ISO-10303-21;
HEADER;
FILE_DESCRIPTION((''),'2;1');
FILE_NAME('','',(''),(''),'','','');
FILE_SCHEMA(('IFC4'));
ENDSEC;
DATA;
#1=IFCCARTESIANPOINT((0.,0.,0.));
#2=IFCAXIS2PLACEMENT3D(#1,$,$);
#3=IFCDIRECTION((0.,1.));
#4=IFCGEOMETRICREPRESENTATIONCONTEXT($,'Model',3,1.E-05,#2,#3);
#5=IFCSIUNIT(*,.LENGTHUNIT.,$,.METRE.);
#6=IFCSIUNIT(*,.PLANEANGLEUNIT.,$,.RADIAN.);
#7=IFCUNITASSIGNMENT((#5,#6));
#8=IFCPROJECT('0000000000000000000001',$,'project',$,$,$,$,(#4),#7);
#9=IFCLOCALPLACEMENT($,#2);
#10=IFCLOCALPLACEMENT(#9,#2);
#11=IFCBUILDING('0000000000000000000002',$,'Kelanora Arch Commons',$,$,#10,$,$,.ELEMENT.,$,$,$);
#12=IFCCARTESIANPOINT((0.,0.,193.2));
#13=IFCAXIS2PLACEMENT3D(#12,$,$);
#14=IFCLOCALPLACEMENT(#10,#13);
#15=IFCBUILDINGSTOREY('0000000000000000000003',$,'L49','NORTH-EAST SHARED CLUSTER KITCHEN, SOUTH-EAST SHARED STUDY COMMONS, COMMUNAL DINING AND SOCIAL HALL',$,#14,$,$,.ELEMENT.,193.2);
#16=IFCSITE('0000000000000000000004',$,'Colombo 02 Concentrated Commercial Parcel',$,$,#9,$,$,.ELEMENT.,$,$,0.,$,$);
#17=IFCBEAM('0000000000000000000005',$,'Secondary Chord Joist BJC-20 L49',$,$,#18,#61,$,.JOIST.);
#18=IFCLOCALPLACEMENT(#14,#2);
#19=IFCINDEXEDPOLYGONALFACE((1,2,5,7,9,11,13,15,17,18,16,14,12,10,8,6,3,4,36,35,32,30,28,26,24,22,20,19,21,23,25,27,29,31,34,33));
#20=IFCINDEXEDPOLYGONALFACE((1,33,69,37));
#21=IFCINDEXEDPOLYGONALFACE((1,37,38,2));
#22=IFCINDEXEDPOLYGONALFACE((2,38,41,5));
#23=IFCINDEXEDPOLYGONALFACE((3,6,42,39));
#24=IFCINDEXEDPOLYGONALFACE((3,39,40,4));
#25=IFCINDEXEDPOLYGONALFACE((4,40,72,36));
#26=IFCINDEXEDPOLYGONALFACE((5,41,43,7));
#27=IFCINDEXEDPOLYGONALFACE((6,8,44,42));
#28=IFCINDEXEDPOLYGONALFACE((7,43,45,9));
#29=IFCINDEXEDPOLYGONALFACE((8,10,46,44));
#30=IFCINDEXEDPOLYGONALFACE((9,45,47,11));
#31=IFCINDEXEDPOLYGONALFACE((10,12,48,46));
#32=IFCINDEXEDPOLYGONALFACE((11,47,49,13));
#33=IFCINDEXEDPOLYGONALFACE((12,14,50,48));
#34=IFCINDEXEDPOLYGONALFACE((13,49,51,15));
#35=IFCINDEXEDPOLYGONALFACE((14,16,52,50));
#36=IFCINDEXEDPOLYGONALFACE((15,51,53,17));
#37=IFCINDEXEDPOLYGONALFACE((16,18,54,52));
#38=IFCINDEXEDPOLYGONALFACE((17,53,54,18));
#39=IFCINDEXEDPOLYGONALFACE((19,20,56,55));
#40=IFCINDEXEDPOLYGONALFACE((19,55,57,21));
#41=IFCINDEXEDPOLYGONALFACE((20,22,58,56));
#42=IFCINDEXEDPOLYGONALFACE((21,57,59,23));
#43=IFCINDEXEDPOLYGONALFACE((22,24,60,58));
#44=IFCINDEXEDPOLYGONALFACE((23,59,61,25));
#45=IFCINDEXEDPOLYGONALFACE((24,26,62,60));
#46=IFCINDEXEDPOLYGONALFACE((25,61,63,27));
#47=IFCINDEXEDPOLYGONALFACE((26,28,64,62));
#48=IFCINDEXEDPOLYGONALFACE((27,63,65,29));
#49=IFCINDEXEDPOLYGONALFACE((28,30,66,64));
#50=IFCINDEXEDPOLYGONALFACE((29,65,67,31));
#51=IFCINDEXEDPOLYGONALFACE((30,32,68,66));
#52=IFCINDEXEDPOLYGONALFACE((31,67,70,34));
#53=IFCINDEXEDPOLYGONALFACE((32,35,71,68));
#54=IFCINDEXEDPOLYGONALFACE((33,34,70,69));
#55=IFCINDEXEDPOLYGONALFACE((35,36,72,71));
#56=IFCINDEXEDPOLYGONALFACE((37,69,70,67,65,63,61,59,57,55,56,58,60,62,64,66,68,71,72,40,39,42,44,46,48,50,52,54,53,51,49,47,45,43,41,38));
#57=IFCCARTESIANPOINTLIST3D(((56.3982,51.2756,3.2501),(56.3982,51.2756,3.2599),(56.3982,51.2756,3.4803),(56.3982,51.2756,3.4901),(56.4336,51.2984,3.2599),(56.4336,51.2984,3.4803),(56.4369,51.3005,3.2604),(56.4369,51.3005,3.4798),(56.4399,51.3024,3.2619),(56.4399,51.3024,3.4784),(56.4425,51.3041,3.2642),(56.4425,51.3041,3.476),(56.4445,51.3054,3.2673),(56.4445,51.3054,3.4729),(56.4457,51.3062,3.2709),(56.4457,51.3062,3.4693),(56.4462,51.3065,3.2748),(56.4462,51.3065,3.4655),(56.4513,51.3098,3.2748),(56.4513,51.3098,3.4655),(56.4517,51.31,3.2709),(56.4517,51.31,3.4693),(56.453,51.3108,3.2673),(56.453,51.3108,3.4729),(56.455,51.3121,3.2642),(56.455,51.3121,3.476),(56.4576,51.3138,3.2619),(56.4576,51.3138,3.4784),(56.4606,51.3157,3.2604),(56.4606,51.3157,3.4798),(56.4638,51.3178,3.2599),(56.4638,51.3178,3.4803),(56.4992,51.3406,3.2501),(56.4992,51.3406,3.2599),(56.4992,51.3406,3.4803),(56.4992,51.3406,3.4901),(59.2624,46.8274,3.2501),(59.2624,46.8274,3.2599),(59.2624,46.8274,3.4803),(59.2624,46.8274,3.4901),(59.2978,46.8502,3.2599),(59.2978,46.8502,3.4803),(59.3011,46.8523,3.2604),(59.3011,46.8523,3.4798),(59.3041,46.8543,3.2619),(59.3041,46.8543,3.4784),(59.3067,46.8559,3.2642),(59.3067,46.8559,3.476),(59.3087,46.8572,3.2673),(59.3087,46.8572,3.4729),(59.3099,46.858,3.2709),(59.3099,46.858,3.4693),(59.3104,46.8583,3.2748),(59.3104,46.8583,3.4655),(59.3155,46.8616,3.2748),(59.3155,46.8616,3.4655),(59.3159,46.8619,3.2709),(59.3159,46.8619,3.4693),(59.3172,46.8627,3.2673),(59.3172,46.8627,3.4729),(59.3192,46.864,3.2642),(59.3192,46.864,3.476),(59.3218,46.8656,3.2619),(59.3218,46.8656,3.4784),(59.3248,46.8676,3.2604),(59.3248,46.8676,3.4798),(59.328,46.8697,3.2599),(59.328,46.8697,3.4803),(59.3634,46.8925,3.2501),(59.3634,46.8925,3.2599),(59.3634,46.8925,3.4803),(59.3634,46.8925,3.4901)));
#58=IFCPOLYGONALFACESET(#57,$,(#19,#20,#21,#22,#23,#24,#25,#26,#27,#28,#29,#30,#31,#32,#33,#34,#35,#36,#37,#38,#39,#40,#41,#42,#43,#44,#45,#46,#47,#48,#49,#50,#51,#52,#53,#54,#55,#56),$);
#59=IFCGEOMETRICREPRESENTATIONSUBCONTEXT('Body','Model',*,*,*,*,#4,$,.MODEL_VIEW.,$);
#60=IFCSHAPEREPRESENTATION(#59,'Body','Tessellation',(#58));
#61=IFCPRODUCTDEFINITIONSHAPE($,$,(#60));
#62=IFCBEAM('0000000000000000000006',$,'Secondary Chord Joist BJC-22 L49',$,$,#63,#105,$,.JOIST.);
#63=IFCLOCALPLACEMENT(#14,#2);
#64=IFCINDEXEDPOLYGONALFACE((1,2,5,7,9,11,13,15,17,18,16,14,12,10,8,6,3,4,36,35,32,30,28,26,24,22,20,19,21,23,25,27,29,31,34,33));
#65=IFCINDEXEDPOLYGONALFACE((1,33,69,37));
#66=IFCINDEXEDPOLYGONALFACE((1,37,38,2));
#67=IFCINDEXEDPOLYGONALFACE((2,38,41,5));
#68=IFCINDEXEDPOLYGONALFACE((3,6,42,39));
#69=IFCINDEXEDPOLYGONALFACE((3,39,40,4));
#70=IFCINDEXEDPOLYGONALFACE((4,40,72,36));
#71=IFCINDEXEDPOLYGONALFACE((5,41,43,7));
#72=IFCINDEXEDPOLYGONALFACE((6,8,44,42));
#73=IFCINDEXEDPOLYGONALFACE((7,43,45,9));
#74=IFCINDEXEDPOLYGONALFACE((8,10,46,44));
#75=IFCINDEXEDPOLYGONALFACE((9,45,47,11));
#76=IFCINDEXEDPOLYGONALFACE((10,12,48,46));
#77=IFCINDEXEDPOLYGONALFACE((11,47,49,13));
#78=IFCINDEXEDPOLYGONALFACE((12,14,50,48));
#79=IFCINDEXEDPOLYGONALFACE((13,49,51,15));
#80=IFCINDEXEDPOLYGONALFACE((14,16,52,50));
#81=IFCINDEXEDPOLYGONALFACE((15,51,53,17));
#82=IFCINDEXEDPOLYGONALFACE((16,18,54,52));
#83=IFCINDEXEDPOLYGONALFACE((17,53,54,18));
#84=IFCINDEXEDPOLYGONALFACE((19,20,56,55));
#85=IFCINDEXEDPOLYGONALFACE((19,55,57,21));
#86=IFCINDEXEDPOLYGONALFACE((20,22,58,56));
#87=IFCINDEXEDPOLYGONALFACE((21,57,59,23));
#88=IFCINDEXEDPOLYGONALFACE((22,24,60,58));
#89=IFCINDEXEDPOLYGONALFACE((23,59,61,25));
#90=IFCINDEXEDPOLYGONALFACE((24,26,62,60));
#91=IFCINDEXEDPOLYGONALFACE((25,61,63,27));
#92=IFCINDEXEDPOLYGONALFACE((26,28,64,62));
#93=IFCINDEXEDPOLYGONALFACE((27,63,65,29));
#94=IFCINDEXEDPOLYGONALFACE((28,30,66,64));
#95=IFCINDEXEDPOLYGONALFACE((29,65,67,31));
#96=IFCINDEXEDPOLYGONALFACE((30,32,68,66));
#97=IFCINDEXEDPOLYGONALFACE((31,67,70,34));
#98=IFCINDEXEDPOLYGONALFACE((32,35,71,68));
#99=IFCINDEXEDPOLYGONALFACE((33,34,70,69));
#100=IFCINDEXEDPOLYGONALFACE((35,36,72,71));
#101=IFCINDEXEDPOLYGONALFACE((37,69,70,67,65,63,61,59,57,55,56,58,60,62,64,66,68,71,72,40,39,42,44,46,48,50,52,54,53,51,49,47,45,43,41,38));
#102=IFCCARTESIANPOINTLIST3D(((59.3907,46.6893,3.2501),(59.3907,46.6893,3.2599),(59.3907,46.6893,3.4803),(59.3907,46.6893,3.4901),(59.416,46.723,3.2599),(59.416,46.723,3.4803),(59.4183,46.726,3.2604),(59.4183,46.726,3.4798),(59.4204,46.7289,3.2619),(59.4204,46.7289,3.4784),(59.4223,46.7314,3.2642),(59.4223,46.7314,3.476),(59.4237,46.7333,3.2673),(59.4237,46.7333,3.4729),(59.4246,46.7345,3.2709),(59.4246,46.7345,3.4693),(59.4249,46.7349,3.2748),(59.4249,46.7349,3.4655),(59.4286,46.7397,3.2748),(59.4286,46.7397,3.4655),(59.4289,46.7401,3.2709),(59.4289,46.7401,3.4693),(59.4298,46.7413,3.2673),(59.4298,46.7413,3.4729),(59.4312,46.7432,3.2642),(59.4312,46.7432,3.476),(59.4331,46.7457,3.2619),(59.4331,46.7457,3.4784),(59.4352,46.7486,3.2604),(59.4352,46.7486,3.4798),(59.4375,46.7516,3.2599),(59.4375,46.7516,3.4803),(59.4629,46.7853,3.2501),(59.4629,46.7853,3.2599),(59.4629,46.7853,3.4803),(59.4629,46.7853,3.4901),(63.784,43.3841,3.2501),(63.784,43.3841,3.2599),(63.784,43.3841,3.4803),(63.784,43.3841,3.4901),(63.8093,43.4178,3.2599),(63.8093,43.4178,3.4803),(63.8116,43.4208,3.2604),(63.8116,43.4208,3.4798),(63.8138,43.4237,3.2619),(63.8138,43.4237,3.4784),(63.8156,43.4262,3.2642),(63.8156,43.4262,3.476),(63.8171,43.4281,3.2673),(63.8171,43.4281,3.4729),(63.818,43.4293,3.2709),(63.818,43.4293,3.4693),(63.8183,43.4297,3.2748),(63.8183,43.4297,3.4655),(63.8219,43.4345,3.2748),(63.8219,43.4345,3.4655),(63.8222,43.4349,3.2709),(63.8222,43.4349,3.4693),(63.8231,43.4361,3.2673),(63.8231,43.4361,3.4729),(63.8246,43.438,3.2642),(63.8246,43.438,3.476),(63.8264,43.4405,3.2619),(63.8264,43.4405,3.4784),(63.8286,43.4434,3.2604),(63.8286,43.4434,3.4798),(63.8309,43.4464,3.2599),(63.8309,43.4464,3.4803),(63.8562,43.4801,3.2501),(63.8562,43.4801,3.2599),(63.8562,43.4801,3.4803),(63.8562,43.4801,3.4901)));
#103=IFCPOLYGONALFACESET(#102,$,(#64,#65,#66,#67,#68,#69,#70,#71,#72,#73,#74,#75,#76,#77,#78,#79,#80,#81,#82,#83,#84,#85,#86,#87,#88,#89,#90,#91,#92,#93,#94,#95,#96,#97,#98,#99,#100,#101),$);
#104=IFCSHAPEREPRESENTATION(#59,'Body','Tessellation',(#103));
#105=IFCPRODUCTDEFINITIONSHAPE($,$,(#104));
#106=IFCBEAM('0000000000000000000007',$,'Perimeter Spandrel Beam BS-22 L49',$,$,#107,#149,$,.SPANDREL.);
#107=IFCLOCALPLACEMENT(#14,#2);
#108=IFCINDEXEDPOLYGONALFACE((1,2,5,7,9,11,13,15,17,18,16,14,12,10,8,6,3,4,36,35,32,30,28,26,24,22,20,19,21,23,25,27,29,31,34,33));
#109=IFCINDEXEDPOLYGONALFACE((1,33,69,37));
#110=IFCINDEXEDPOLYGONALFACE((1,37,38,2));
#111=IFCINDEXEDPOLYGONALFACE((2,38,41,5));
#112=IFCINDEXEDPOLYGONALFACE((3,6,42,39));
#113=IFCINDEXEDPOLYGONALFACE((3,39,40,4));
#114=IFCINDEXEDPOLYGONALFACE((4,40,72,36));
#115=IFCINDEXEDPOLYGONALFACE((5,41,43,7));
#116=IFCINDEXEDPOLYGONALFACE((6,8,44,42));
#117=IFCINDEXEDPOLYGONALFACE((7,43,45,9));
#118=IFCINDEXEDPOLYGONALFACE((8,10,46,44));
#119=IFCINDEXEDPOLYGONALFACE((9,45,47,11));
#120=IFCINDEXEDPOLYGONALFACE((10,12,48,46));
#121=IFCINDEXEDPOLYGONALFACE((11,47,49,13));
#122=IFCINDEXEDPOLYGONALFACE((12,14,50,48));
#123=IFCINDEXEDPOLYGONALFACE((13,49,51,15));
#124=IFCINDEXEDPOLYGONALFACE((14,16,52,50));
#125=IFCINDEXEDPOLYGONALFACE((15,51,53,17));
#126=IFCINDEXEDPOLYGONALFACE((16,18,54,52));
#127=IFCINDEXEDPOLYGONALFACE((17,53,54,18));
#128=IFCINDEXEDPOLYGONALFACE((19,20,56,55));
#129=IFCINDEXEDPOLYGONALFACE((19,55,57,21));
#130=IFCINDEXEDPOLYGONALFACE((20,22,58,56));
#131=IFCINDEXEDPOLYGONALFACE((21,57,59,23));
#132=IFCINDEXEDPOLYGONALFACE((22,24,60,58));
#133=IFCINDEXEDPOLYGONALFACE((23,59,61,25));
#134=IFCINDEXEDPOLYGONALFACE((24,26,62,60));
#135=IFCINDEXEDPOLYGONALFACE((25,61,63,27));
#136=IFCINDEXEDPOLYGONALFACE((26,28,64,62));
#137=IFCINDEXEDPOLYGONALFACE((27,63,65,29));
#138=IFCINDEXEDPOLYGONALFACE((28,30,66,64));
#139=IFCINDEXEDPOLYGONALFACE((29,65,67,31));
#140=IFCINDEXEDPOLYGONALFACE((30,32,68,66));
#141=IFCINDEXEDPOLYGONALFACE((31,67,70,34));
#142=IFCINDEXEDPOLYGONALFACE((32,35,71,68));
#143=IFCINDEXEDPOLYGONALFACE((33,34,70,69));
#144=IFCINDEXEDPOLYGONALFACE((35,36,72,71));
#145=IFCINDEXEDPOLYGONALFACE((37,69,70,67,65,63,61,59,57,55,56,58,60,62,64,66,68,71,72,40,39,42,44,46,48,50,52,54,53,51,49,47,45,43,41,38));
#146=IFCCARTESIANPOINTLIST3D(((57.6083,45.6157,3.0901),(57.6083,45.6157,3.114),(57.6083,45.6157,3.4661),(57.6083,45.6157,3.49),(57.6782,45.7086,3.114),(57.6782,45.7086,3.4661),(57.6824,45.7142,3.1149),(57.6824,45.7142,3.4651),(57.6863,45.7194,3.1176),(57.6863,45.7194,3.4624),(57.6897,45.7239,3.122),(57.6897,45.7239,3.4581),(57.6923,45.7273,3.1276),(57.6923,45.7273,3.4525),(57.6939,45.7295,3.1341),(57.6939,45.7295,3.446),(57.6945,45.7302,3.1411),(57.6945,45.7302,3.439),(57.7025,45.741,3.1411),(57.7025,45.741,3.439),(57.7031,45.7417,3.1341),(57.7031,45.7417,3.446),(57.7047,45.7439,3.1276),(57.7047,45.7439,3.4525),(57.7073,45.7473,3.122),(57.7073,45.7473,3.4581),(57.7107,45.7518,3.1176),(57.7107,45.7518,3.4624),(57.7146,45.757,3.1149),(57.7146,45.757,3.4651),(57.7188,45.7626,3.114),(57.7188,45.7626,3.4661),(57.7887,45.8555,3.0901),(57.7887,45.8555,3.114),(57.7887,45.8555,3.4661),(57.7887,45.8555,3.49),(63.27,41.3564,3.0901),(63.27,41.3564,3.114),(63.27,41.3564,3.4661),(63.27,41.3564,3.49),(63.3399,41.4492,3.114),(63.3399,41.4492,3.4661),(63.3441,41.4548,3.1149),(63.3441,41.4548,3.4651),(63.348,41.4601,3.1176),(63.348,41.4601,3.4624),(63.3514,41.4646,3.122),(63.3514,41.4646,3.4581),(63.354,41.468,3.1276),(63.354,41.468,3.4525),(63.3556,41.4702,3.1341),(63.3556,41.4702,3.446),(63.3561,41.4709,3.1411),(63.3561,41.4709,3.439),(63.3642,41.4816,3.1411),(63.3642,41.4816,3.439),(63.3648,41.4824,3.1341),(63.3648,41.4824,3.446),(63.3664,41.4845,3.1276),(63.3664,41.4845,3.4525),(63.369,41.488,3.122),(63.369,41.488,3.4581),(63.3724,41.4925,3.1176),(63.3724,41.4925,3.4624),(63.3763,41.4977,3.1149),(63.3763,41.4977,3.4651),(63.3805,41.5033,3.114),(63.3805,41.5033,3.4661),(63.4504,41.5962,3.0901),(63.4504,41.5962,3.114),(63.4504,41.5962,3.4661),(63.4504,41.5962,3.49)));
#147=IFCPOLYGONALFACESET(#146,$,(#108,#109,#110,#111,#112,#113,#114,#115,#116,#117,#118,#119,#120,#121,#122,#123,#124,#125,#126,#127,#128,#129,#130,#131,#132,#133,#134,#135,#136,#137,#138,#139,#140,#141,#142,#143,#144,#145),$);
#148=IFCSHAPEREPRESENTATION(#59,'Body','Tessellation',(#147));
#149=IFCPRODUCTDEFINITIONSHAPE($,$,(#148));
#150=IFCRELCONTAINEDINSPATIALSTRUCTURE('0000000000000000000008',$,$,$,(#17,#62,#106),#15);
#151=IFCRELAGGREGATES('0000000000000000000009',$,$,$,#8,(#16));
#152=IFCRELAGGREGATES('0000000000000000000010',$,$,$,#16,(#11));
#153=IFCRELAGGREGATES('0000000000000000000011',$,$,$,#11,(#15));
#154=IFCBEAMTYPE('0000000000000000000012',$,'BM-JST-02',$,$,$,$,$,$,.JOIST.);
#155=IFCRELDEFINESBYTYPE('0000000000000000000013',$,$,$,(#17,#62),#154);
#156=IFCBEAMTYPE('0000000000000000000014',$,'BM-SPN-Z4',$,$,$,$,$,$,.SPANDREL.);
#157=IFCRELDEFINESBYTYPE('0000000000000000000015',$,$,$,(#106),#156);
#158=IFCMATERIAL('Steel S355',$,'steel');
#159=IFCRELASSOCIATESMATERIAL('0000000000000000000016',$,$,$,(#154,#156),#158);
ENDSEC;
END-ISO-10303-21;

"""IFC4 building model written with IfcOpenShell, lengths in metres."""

from ifc_helpers import new_model, si_unit, direction, frame, origin, origin_2d, place, context, subcontext, project, spatial, i_section, extrude, material, material_profile, profile_set, type_object, element, save


model = new_model("IFC4")

# Units and contexts
model_context = context("Model", 3, precision=1e-05, world=origin(), true_north=direction((0.0, 1.0)))
body_context = subcontext(model_context, "Body", "Model", "MODEL_VIEW")
ifc_project = project(units=[si_unit("LENGTHUNIT", "METRE"), si_unit("PLANEANGLEUNIT", "RADIAN")], contexts=[model_context])

# Site, building, storey
site_placement = place(None, origin())
site = spatial("IfcSite", under=ifc_project, at=site_placement, Name="Colombo 02 Concentrated Commercial Parcel", CompositionType="ELEMENT", RefElevation=0.0)
building_placement = place(site_placement, origin())
building = spatial("IfcBuilding", under=site, at=building_placement, Name="Kelanora Arch Commons", CompositionType="ELEMENT")
storey_placement = place(building_placement, frame((0.0, 0.0, 193.2)))
storey = spatial("IfcBuildingStorey", under=building, at=storey_placement, Name="L49", Description="NORTH-EAST SHARED CLUSTER KITCHEN, SOUTH-EAST SHARED STUDY COMMONS, COMMUNAL DINING AND SOCIAL HALL", CompositionType="ELEMENT", Elevation=193.2)

# Beams
ifc_material_1 = material(Name="Steel S355", Category="steel")
ifc_material_profile_1 = material_profile(ifc_material_1, i_section(OverallWidth=0.1201, OverallDepth=0.24, WebThickness=0.0061, FlangeThickness=0.0098, FilletRadius=0.0149, at=origin_2d()), Name="IPE240")
ifc_profile_set_1 = profile_set([ifc_material_profile_1], Name="Steel S355")
beam_type_1 = type_object("IfcBeamType", Name="BM-JST-02", PredefinedType="JOIST", material=ifc_profile_set_1)
beam_1_placement = place(storey_placement, frame((56.4487, 51.3081, 3.3701), z_axis=(0.541382, -0.840776, 0.0), x_axis=(0.840776, 0.541382, 0.0)))
element("IfcBeam", 1, at=beam_1_placement, inside=storey, type_object=beam_type_1, Name="Secondary Chord Joist BJC-20 L49", PredefinedType="JOIST", context=body_context, shape_type="SweptSolid", body=[
    extrude(i_section(OverallWidth=0.1201, OverallDepth=0.24, WebThickness=0.0061, FlangeThickness=0.0098, FilletRadius=0.0149, at=origin_2d()), origin(), (0.0, 0.0, 1.0), 5.2905),
])
beam_2_placement = place(storey_placement, frame((59.4268, 46.7373, 3.3701), z_axis=(0.799109, -0.601186, 0.0), x_axis=(0.601186, 0.799109, 0.0)))
element("IfcBeam", 2, at=beam_2_placement, inside=storey, type_object=beam_type_1, Name="Secondary Chord Joist BJC-22 L49", PredefinedType="JOIST", context=body_context, shape_type="SweptSolid", body=[
    extrude(i_section(OverallWidth=0.1201, OverallDepth=0.24, WebThickness=0.0061, FlangeThickness=0.0098, FilletRadius=0.0149, at=origin_2d()), origin(), (0.0, 0.0, 1.0), 5.4978),
])
ifc_material_profile_2 = material_profile(ifc_material_1, i_section(OverallWidth=0.3, OverallDepth=0.3999, WebThickness=0.0134, FlangeThickness=0.0239, FilletRadius=0.0271, at=origin_2d()), Name="HEB400")
ifc_profile_set_2 = profile_set([ifc_material_profile_2], Name="Steel S355")
beam_type_2 = type_object("IfcBeamType", Name="BM-SPN-Z4", PredefinedType="SPANDREL", material=ifc_profile_set_2)
beam_3_placement = place(storey_placement, frame((57.6985, 45.7356, 3.29), z_axis=(0.799114, -0.601179, 0.0), x_axis=(0.601179, 0.799114, 0.0)))
element("IfcBeam", 3, at=beam_3_placement, inside=storey, type_object=beam_type_2, Name="Perimeter Spandrel Beam BS-22 L49", PredefinedType="SPANDREL", context=body_context, shape_type="SweptSolid", body=[
    extrude(i_section(OverallWidth=0.3, OverallDepth=0.3999, WebThickness=0.0134, FlangeThickness=0.0239, FilletRadius=0.0271, at=origin_2d()), origin(), (0.0, 0.0, 1.0), 7.085),
])

save(model, "model.ifc")
